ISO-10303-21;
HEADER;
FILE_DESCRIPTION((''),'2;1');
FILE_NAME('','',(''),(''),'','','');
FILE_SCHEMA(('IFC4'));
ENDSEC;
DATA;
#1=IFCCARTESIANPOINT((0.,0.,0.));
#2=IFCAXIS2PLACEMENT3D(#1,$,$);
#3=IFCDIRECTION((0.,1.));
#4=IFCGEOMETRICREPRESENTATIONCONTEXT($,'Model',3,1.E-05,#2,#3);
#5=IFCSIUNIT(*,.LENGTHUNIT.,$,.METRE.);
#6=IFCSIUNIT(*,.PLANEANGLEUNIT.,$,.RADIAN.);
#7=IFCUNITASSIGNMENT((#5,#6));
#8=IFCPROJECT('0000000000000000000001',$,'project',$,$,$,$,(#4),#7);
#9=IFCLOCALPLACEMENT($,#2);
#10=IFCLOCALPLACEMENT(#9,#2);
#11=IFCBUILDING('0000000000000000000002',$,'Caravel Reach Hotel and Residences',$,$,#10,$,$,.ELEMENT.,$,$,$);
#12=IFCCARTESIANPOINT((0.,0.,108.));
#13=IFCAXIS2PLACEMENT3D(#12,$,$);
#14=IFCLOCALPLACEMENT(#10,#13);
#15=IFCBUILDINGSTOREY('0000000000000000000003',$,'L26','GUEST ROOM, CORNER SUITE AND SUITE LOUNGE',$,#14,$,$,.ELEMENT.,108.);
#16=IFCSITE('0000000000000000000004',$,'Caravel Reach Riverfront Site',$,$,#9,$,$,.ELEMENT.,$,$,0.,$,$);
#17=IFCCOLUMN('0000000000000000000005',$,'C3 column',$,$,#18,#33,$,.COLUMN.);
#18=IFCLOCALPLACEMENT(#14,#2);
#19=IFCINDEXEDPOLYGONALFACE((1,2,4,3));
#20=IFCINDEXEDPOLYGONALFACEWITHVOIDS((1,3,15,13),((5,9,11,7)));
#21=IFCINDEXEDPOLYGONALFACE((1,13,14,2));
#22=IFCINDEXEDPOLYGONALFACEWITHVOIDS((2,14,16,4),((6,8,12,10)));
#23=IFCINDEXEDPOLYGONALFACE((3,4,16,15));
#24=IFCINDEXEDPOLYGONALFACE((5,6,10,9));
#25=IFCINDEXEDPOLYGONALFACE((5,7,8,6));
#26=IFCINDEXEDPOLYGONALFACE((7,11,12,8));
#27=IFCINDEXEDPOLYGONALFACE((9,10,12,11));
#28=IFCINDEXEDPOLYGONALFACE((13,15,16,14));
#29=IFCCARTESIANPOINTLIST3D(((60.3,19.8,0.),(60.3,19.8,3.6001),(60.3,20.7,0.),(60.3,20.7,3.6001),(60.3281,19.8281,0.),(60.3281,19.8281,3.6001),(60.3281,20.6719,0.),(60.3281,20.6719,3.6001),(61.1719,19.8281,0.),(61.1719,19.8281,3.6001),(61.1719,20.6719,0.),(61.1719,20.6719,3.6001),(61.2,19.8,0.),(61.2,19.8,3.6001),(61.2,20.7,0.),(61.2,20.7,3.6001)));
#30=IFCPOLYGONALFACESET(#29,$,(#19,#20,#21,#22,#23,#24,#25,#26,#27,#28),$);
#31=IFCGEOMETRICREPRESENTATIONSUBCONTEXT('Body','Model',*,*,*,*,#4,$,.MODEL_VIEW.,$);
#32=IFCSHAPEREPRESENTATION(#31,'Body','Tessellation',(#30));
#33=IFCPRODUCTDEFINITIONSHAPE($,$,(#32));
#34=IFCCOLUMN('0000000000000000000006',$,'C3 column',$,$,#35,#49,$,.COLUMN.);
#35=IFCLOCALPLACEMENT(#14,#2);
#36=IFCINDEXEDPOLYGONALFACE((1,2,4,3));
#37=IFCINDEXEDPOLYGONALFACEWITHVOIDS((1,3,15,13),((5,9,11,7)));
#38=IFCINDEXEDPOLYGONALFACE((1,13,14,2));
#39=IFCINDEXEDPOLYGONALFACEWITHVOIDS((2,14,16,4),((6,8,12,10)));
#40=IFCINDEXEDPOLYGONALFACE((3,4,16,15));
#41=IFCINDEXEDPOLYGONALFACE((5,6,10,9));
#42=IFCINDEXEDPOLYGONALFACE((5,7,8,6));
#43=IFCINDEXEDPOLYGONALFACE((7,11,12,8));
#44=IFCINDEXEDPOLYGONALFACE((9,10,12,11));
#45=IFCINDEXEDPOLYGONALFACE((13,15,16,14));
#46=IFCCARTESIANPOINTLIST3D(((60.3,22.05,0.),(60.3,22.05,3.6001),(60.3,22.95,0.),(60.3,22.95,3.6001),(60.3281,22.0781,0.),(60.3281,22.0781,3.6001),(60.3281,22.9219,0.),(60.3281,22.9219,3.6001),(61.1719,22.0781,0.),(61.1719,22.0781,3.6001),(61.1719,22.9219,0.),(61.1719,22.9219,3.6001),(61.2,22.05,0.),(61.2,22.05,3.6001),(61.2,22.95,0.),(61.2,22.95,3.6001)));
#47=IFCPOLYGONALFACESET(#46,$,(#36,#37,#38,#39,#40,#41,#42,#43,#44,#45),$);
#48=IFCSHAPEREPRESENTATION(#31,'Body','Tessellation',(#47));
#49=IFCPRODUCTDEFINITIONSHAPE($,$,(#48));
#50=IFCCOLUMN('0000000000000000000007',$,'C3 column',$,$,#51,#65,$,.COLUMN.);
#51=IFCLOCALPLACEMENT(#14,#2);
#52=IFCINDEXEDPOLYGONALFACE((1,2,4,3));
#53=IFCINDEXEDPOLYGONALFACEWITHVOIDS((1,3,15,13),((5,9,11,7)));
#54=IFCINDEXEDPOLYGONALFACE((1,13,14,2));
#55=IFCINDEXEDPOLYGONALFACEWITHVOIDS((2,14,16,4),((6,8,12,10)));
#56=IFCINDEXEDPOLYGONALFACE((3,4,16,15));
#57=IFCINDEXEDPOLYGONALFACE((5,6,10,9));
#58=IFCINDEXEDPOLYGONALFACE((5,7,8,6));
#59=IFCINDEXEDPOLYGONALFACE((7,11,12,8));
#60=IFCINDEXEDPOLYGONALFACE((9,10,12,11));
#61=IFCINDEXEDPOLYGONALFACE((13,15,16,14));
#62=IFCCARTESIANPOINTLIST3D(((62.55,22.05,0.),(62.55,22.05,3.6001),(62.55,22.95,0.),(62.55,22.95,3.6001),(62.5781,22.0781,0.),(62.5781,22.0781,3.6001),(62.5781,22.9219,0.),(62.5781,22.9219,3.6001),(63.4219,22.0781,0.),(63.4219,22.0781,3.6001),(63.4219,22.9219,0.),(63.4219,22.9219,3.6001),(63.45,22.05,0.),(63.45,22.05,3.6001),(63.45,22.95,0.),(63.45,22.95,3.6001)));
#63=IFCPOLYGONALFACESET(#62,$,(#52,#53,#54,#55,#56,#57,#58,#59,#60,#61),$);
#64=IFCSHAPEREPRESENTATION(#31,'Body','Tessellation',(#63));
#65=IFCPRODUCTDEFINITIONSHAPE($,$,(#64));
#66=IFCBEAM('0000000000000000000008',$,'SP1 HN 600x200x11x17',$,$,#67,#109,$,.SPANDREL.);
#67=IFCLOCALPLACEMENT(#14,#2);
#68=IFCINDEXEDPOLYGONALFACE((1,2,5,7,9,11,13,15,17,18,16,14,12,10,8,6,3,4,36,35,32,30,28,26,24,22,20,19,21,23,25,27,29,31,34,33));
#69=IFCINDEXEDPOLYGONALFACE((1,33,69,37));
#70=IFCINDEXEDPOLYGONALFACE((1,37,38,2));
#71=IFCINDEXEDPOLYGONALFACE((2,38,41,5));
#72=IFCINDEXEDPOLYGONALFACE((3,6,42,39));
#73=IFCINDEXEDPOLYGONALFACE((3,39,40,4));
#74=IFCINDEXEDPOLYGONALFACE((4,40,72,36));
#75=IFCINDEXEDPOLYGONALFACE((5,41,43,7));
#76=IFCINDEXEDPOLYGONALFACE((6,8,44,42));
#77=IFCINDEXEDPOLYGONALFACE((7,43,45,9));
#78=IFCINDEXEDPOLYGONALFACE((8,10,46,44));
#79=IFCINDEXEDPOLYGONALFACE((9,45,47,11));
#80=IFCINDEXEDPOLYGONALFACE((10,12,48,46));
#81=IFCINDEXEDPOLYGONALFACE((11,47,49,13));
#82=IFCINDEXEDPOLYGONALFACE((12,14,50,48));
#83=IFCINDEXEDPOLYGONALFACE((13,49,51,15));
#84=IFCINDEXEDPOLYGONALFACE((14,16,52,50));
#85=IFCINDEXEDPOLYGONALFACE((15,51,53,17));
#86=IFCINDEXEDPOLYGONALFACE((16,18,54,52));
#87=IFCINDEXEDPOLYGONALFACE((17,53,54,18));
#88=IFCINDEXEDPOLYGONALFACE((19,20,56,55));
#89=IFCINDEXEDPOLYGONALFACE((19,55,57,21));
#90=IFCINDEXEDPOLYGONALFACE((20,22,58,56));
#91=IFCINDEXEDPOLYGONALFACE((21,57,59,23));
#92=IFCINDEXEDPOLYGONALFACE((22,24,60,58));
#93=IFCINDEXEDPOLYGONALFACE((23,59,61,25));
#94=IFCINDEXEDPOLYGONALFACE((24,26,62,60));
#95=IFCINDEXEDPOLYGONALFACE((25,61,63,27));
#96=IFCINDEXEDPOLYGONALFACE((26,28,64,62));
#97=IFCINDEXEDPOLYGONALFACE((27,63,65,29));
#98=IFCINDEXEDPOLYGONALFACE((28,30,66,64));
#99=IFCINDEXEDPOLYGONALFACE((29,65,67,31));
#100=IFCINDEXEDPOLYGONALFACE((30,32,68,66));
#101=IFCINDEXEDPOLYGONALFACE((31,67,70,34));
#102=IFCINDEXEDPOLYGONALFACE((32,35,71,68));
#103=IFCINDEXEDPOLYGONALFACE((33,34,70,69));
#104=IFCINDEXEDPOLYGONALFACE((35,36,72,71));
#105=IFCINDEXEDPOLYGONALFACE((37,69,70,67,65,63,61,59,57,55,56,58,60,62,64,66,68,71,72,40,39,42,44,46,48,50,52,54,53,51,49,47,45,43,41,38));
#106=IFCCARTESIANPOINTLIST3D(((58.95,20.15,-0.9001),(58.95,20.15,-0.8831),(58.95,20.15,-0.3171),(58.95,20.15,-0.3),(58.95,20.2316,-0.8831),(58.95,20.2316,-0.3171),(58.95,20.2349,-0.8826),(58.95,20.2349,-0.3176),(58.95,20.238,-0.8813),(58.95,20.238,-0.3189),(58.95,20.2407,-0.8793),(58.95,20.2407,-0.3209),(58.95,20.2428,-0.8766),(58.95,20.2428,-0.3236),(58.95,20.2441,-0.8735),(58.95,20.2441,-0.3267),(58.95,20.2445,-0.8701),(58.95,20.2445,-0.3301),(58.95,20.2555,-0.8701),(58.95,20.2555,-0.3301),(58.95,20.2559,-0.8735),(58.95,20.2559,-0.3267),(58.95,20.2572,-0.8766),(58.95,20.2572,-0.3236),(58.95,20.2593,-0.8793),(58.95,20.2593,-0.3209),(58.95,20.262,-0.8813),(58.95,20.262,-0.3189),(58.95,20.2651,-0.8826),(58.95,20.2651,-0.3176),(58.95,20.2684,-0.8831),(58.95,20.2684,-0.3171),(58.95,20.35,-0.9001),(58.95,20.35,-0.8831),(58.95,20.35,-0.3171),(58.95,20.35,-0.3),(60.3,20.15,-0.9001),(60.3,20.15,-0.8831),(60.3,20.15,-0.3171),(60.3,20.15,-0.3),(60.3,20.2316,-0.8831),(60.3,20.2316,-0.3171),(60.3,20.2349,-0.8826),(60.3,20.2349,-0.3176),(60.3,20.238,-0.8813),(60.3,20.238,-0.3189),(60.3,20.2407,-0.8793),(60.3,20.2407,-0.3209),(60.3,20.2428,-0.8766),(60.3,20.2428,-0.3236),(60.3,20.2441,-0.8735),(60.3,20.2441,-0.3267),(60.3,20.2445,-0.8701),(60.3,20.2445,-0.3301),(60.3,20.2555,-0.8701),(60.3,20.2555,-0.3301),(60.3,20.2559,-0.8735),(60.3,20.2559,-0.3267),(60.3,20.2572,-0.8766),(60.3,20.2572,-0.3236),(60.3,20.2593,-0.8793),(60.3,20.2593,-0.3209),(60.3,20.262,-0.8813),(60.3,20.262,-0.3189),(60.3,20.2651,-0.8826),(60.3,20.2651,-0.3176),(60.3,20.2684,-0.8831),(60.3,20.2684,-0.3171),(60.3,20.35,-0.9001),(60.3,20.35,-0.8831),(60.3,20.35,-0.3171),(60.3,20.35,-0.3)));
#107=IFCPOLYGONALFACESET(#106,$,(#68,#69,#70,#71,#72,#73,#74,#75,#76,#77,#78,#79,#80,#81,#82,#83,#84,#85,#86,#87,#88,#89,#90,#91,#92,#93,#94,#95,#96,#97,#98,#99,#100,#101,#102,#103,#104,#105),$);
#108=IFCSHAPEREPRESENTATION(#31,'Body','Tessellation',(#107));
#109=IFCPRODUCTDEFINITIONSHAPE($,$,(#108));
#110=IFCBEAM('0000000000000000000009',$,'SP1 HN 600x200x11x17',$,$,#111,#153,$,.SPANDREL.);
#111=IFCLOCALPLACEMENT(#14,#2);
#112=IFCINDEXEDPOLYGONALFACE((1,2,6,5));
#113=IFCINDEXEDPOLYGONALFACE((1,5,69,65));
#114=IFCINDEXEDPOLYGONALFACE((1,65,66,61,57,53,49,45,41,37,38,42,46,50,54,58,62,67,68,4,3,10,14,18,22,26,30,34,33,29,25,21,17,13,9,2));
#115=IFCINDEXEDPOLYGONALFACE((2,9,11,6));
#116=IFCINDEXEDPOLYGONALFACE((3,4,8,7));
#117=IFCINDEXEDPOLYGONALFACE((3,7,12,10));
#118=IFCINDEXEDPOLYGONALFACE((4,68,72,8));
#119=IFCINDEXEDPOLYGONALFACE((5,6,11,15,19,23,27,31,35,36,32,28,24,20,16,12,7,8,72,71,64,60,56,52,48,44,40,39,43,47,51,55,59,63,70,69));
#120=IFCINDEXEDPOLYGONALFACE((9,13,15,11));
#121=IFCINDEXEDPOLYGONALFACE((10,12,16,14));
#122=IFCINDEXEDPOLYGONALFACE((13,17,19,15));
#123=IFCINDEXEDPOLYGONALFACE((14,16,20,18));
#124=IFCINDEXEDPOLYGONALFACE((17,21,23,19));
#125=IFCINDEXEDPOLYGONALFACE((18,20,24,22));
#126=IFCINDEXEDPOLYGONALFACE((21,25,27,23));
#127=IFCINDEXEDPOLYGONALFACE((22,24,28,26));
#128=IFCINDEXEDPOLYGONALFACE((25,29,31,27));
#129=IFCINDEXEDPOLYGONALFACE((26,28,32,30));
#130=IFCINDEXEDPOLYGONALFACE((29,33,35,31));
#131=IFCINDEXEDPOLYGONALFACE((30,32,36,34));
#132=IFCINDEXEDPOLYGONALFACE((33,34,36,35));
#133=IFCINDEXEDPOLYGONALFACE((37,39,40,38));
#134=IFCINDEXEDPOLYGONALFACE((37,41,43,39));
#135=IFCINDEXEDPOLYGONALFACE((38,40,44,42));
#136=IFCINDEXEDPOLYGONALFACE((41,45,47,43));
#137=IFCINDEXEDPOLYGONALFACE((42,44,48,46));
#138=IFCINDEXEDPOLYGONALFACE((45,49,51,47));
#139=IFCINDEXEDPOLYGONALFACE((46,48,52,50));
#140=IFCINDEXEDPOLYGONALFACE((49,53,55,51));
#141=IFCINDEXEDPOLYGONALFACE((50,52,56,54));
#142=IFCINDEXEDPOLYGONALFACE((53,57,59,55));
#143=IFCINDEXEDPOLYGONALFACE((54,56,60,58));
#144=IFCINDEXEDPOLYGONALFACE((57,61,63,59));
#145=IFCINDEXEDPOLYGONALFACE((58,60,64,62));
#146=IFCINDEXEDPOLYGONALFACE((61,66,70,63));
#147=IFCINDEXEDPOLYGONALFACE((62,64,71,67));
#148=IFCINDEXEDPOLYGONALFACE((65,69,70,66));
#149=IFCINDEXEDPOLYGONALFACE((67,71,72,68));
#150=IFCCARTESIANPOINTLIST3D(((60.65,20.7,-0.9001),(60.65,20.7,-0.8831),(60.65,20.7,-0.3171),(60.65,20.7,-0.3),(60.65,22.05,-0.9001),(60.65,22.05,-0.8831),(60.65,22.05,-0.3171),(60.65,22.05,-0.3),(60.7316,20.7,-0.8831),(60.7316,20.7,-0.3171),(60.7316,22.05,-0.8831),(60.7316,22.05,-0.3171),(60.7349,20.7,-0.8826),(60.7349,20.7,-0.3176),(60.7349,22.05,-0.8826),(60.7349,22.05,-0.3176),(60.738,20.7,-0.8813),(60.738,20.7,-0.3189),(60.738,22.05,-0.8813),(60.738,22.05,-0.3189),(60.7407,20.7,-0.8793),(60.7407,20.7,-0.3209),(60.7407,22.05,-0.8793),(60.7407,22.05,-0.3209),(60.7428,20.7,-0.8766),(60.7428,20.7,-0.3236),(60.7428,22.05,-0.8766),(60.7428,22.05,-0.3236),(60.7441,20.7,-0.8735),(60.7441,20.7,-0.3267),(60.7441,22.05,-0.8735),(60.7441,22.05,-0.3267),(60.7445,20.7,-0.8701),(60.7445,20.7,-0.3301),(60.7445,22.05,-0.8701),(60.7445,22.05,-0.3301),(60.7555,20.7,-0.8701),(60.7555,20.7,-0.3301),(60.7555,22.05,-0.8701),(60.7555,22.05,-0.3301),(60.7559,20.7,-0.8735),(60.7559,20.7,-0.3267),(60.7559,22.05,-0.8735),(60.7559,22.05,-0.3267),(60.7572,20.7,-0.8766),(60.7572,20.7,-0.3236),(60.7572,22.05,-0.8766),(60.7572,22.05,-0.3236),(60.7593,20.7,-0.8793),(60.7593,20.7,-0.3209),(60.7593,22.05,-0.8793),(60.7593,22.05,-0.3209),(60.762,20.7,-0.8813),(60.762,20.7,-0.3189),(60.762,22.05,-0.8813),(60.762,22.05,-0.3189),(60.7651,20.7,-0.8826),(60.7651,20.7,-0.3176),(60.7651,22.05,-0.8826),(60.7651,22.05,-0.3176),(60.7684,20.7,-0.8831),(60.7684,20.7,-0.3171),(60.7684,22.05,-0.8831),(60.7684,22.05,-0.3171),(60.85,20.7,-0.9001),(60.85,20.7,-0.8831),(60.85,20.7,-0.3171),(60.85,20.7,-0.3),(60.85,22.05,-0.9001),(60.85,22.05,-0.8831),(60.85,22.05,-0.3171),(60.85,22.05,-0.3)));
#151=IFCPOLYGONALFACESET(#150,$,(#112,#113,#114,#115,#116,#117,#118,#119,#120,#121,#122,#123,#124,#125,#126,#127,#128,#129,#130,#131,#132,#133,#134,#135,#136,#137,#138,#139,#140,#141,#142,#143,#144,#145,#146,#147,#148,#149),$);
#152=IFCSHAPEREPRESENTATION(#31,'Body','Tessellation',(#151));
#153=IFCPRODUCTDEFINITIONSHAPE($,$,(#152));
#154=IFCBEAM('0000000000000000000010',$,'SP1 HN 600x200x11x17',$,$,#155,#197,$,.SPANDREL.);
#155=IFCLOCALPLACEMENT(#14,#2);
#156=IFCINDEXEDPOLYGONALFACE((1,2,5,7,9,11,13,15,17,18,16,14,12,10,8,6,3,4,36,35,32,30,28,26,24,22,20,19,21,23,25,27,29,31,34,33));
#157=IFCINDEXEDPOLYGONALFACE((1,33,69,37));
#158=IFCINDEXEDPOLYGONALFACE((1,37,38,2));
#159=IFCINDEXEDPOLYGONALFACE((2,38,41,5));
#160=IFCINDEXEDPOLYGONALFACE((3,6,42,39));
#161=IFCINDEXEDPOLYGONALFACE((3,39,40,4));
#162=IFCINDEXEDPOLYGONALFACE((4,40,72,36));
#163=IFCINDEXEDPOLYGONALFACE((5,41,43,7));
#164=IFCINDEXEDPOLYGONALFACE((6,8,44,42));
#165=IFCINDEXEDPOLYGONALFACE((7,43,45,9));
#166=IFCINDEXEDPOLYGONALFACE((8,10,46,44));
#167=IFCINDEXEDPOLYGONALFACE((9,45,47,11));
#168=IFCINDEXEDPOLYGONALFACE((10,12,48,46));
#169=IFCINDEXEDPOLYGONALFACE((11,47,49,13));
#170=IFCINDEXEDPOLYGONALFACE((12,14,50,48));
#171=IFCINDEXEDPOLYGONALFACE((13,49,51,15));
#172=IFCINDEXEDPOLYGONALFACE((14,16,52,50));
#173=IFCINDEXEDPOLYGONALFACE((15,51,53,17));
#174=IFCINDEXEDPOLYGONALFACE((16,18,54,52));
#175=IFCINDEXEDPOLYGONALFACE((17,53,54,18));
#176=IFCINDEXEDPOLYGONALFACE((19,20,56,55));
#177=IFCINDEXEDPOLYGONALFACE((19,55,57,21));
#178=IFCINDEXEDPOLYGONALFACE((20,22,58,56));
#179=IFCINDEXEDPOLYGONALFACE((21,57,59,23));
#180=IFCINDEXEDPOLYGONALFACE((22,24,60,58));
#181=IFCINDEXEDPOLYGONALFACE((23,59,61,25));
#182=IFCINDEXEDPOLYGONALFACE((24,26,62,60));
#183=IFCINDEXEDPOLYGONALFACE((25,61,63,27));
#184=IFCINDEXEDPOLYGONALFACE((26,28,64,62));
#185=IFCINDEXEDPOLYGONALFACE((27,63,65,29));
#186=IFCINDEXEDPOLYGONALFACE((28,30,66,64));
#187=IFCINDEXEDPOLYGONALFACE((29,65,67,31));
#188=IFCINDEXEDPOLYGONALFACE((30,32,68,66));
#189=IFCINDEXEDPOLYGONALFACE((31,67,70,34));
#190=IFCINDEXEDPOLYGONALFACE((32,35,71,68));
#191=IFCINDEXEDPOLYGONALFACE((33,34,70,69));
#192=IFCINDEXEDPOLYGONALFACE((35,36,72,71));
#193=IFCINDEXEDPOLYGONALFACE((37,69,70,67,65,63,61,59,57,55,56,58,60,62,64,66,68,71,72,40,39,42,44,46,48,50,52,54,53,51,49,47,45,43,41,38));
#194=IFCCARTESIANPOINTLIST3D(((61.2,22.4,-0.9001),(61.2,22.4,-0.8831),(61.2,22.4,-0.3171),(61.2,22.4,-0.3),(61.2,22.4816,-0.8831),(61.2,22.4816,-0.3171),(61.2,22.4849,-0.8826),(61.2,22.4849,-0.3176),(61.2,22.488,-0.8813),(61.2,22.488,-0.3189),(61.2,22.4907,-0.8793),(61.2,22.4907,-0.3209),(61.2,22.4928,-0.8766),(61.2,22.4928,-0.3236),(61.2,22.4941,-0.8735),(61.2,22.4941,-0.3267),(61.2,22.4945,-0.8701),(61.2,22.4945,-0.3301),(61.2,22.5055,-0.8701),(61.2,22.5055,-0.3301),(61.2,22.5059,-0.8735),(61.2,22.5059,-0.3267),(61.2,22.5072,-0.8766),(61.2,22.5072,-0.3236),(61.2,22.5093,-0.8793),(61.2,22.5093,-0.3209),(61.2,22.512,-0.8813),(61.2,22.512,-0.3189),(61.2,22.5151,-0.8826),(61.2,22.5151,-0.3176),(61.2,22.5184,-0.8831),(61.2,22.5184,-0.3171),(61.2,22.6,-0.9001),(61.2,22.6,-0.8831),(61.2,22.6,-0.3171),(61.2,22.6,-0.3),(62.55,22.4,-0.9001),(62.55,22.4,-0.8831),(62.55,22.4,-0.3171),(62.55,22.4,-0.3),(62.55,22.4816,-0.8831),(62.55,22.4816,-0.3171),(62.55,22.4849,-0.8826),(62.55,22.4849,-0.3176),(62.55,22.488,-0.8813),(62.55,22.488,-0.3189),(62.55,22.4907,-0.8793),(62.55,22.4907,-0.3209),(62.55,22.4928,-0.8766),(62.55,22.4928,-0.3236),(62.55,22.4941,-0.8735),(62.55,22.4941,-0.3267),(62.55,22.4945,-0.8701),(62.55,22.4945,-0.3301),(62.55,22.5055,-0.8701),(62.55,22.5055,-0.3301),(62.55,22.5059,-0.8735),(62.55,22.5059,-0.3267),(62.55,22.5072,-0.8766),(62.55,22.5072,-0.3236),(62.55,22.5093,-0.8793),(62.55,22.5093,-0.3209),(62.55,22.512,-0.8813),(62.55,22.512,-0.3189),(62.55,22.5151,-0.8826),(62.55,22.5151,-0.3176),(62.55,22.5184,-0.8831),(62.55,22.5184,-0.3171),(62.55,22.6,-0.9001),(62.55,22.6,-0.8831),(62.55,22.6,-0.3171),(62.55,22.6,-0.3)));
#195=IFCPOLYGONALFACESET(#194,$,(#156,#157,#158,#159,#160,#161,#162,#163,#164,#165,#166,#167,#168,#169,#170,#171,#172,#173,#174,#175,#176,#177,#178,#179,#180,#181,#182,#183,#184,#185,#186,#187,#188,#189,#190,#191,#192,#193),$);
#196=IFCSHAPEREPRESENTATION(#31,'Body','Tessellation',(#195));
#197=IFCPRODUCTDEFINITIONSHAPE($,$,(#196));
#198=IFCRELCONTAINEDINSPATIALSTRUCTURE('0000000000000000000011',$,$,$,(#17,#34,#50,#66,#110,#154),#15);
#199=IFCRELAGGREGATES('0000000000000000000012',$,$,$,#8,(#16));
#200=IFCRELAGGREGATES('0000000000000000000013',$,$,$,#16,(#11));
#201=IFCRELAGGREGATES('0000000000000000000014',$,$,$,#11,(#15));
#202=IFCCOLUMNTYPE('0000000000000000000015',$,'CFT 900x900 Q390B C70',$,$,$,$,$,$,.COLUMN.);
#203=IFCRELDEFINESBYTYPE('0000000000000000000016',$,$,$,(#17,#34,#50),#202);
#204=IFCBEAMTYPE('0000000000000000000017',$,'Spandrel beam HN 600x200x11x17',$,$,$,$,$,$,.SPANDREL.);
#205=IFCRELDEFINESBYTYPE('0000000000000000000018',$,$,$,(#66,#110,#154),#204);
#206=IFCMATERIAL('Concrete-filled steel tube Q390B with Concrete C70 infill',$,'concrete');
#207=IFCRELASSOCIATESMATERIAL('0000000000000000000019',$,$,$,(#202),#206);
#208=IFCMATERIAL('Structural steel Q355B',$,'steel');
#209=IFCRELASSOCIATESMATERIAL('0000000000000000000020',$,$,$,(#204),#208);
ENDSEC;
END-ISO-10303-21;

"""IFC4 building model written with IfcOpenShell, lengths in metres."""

from ifc_helpers import new_model, si_unit, direction, frame, origin, origin_2d, place, context, subcontext, project, spatial, hollow_rectangle, i_section, extrude, material, material_profile, profile_set, type_object, element, save


model = new_model("IFC4")

# Units and contexts
model_context = context("Model", 3, precision=1e-05, world=origin(), true_north=direction((0.0, 1.0)))
body_context = subcontext(model_context, "Body", "Model", "MODEL_VIEW")
ifc_project = project(units=[si_unit("LENGTHUNIT", "METRE"), si_unit("PLANEANGLEUNIT", "RADIAN")], contexts=[model_context])

# Site, building, storey
site_placement = place(None, origin())
site = spatial("IfcSite", under=ifc_project, at=site_placement, Name="Caravel Reach Riverfront Site", CompositionType="ELEMENT", RefElevation=0.0)
building_placement = place(site_placement, origin())
building = spatial("IfcBuilding", under=site, at=building_placement, Name="Caravel Reach Hotel and Residences", CompositionType="ELEMENT")
storey_placement = place(building_placement, frame((0.0, 0.0, 108.0)))
storey = spatial("IfcBuildingStorey", under=building, at=storey_placement, Name="L26", Description="GUEST ROOM, CORNER SUITE AND SUITE LOUNGE", CompositionType="ELEMENT", Elevation=108.0)

# Columns
ifc_material_1 = material(Name="Concrete-filled steel tube Q390B with Concrete C70 infill", Category="concrete")
ifc_material_profile_1 = material_profile(ifc_material_1, hollow_rectangle(XDim=0.8999, YDim=0.8999, WallThickness=0.0281, at=origin_2d()), Name="RHS 900x900x28")
ifc_profile_set_1 = profile_set([ifc_material_profile_1], Name="Concrete-filled steel tube Q390B with Concrete C70 infill")
column_type = type_object("IfcColumnType", Name="CFT 900x900 Q390B C70", PredefinedType="COLUMN", material=ifc_profile_set_1)
for number, where, z_axis, x_axis, name in (
    (1, (60.75, 20.25, 0.0), (0.0, 0.0, 1.0), (1.0, 0.0, 0.0), "C3 column"),
    (2, (60.75, 22.5, 0.0), (0.0, 0.0, 1.0), (1.0, 0.0, 0.0), "C3 column"),
    (3, (63.0, 22.5, 0.0), (0.0, 0.0, 1.0), (1.0, 0.0, 0.0), "C3 column"),
):
    element("IfcColumn", number, at=place(storey_placement, frame(where, z_axis=z_axis, x_axis=x_axis)), inside=storey, type_object=column_type, Name=name, PredefinedType="COLUMN", context=body_context, shape_type="SweptSolid", body=[
        extrude(hollow_rectangle(XDim=0.8999, YDim=0.8999, WallThickness=0.0281, at=origin_2d()), origin(), (0.0, 0.0, 1.0), 3.6001),
    ])

# Beams
ifc_material_2 = material(Name="Structural steel Q355B", Category="steel")
ifc_material_profile_2 = material_profile(ifc_material_2, i_section(OverallWidth=0.2, OverallDepth=0.6001, WebThickness=0.011, FlangeThickness=0.0171, FilletRadius=0.0129, at=origin_2d()), Name="HN 600x200x11x17")
ifc_profile_set_2 = profile_set([ifc_material_profile_2], Name="Structural steel Q355B")
beam_type = type_object("IfcBeamType", Name="Spandrel beam HN 600x200x11x17", PredefinedType="SPANDREL", material=ifc_profile_set_2)
for number, where, z_axis, x_axis, name in (
    (4, (58.95, 20.25, -0.6001), (1.0, 0.0, 0.0), (0.0, 1.0, 0.0), "SP1 HN 600x200x11x17"),
    (5, (60.75, 20.7, -0.6001), (0.0, 1.0, 0.0), (-1.0, 0.0, 0.0), "SP1 HN 600x200x11x17"),
    (6, (61.2, 22.5, -0.6001), (1.0, 0.0, 0.0), (0.0, 1.0, 0.0), "SP1 HN 600x200x11x17"),
):
    element("IfcBeam", number, at=place(storey_placement, frame(where, z_axis=z_axis, x_axis=x_axis)), inside=storey, type_object=beam_type, Name=name, PredefinedType="SPANDREL", context=body_context, shape_type="SweptSolid", body=[
        extrude(i_section(OverallWidth=0.2, OverallDepth=0.6001, WebThickness=0.011, FlangeThickness=0.0171, FilletRadius=0.0129, at=origin_2d()), origin(), (0.0, 0.0, 1.0), 1.3501),
    ])

save(model, "model.ifc")
